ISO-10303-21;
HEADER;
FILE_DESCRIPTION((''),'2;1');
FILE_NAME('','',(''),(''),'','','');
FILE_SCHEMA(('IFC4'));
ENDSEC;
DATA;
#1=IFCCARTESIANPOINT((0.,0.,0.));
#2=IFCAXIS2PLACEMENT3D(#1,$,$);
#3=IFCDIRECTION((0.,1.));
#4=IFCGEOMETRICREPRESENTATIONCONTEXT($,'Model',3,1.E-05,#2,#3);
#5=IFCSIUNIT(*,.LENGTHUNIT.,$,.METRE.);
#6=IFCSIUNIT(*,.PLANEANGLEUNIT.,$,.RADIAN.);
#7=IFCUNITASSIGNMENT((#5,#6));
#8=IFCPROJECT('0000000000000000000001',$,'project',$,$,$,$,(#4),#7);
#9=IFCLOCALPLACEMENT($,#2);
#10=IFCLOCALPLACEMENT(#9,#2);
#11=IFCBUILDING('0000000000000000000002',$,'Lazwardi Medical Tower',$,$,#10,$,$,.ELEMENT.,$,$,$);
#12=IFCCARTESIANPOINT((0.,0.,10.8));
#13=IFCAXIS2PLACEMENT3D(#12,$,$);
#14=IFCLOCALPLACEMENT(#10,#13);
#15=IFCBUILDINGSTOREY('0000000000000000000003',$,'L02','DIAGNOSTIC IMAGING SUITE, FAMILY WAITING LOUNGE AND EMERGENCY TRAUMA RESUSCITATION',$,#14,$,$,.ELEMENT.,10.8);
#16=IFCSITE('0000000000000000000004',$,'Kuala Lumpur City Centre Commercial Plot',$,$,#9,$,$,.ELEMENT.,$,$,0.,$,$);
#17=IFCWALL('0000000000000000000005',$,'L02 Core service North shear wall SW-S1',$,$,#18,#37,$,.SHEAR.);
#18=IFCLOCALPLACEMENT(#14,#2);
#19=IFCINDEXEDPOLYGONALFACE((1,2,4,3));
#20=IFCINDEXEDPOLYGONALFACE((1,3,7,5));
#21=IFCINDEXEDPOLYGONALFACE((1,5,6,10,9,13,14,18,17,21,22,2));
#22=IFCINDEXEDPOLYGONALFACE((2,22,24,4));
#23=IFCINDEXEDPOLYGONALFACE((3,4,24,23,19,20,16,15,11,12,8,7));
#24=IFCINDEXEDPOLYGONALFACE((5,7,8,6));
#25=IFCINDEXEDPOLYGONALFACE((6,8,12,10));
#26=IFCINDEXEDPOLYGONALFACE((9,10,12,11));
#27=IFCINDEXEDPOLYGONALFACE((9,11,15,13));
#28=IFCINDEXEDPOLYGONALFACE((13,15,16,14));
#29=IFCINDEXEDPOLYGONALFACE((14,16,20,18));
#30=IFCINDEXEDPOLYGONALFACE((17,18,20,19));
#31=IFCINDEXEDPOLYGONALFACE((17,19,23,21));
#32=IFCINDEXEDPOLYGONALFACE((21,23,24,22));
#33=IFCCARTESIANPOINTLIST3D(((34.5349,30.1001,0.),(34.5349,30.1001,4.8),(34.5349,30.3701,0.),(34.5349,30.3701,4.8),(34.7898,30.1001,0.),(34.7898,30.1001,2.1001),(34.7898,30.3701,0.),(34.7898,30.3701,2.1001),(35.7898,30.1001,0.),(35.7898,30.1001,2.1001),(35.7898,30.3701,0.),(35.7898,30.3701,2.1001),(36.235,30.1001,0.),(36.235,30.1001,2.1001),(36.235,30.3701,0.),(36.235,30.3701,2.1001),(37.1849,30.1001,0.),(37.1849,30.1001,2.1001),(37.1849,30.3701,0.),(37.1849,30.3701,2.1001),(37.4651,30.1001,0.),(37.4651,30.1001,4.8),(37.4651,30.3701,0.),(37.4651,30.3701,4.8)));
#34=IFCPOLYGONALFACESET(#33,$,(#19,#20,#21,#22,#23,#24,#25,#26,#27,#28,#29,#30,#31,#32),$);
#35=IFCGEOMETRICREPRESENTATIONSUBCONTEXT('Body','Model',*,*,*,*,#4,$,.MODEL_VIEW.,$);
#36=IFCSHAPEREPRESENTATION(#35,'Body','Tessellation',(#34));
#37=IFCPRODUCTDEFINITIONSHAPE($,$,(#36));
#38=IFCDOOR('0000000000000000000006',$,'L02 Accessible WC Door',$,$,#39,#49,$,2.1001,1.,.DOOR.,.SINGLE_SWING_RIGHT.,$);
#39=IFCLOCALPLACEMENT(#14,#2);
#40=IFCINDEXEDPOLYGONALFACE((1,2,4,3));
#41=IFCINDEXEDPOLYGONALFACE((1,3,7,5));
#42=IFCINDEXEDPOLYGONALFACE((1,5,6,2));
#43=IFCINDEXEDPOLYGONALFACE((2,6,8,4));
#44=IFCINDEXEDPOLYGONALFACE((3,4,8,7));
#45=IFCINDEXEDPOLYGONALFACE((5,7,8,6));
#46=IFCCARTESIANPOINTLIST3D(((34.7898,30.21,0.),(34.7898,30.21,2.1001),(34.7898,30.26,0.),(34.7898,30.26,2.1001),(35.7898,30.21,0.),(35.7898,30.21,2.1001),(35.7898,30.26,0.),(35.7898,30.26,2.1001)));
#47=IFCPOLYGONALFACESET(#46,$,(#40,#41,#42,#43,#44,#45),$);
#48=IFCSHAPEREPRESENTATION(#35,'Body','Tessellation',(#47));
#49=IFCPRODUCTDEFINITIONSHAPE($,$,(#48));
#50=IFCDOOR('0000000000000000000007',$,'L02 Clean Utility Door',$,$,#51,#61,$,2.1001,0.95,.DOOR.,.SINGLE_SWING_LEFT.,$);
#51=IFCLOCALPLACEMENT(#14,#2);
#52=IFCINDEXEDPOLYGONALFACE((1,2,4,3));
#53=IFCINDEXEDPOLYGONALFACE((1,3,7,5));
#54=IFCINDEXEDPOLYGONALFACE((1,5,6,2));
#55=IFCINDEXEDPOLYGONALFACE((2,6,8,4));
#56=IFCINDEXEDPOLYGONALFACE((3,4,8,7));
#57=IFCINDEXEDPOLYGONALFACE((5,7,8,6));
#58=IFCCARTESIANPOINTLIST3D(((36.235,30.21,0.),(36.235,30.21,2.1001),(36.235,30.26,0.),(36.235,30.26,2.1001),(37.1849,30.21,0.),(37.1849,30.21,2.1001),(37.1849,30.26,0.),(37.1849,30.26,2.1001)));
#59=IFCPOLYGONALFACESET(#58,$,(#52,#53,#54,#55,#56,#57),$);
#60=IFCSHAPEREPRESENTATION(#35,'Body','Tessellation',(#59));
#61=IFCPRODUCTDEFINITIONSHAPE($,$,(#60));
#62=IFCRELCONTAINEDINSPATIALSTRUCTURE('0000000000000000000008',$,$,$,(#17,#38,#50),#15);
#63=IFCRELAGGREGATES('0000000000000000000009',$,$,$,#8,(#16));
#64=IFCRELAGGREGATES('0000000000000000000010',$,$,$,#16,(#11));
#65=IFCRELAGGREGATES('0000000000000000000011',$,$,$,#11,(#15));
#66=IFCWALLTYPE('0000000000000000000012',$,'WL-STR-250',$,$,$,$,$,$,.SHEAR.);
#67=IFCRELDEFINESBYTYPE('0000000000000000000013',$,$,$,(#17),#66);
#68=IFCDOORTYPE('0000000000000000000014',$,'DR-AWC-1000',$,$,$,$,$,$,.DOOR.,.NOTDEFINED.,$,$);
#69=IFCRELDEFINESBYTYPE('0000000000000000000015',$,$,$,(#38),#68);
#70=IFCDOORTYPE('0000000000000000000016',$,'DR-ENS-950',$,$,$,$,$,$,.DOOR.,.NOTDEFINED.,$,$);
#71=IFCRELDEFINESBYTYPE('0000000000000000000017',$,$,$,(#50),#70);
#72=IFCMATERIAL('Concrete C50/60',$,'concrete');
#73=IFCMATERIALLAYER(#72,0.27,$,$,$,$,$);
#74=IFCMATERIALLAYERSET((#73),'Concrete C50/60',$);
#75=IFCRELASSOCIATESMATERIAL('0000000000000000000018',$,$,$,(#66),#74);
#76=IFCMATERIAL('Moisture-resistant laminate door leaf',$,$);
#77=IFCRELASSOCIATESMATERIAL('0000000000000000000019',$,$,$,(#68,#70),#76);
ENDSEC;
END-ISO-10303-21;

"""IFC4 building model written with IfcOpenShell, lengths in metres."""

from ifc_helpers import new_model, si_unit, direction, frame, frame_2d, origin, place, context, subcontext, project, spatial, rectangle, extrude, material, layer, layer_set, type_object, element, fill, save


model = new_model("IFC4")

# Units and contexts
model_context = context("Model", 3, precision=1e-05, world=origin(), true_north=direction((0.0, 1.0)))
body_context = subcontext(model_context, "Body", "Model", "MODEL_VIEW")
ifc_project = project(units=[si_unit("LENGTHUNIT", "METRE"), si_unit("PLANEANGLEUNIT", "RADIAN")], contexts=[model_context])

# Site, building, storey
site_placement = place(None, origin())
site = spatial("IfcSite", under=ifc_project, at=site_placement, Name="Kuala Lumpur City Centre Commercial Plot", CompositionType="ELEMENT", RefElevation=0.0)
building_placement = place(site_placement, origin())
building = spatial("IfcBuilding", under=site, at=building_placement, Name="Lazwardi Medical Tower", CompositionType="ELEMENT")
storey_placement = place(building_placement, frame((0.0, 0.0, 10.8)))
storey = spatial("IfcBuildingStorey", under=building, at=storey_placement, Name="L02", Description="DIAGNOSTIC IMAGING SUITE, FAMILY WAITING LOUNGE AND EMERGENCY TRAUMA RESUSCITATION", CompositionType="ELEMENT", Elevation=10.8)

# Shared definitions
ifc_material_1 = material(Name="Concrete C50/60", Category="concrete")
ifc_layer_1 = layer(ifc_material_1, 0.27)
ifc_layer_set_1 = layer_set([ifc_layer_1], Name="Concrete C50/60")
wall_type_1 = type_object("IfcWallType", Name="WL-STR-250", PredefinedType="SHEAR", material=ifc_layer_set_1)

# Wall, openings, doors
wall_1_placement = place(storey_placement, frame((34.5349, 30.2351, 0.0), z_axis=(0.0, 0.0, 1.0), x_axis=(1.0, 0.0, 0.0)))
wall_1 = element("IfcWall", 1, at=wall_1_placement, inside=storey, type_object=wall_type_1, Name="L02 Core service North shear wall SW-S1", PredefinedType="SHEAR", context=body_context, shape_type="SweptSolid", body=[
    extrude(rectangle(XDim=2.9302, YDim=0.27, at=frame_2d((1.4651, 0.0))), origin(), (0.0, 0.0, 1.0), 4.8),
])
opening_1_placement = place(wall_1_placement, frame((0.2549, 0.0, 0.0)))
opening_1 = element("IfcOpeningElement", 2, at=opening_1_placement, cuts=wall_1, PredefinedType="OPENING", context=body_context, shape_type="SweptSolid", body=[
    extrude(rectangle(XDim=1.0, YDim=2.1001, at=frame_2d((0.5, 1.05))), frame((0.0, 0.145, 0.0), z_axis=(0.0, -1.0, 0.0), x_axis=(1.0, 0.0, 0.0)), (0.0, 0.0, 1.0), 0.29),
])
opening_2_placement = place(wall_1_placement, frame((1.7, 0.0, 0.0)))
opening_2 = element("IfcOpeningElement", 3, at=opening_2_placement, cuts=wall_1, PredefinedType="OPENING", context=body_context, shape_type="SweptSolid", body=[
    extrude(rectangle(XDim=0.95, YDim=2.1001, at=frame_2d((0.4751, 1.05))), frame((0.0, 0.145, 0.0), z_axis=(0.0, -1.0, 0.0), x_axis=(1.0, 0.0, 0.0)), (0.0, 0.0, 1.0), 0.29),
])
ifc_material_2 = material(Name="Moisture-resistant laminate door leaf")
door_type_1 = type_object("IfcDoorType", Name="DR-AWC-1000", OperationType="NOTDEFINED", PredefinedType="DOOR", material=ifc_material_2)
door_1_placement = place(opening_1_placement, origin())
door_1 = element("IfcDoor", 4, at=door_1_placement, inside=storey, type_object=door_type_1, Name="L02 Accessible WC Door", OperationType="SINGLE_SWING_RIGHT", OverallHeight=2.1001, OverallWidth=1.0, PredefinedType="DOOR", context=body_context, shape_type="SweptSolid", body=[
    extrude(rectangle(XDim=1.0, YDim=2.1001, at=frame_2d((0.5, 1.05))), frame((0.0, 0.0249, 0.0), z_axis=(0.0, -1.0, 0.0), x_axis=(1.0, 0.0, 0.0)), (0.0, 0.0, 1.0), 0.05),
])
fill(opening_1, door_1)
door_type_2 = type_object("IfcDoorType", Name="DR-ENS-950", OperationType="NOTDEFINED", PredefinedType="DOOR", material=ifc_material_2)
door_2_placement = place(opening_2_placement, origin())
door_2 = element("IfcDoor", 5, at=door_2_placement, inside=storey, type_object=door_type_2, Name="L02 Clean Utility Door", OperationType="SINGLE_SWING_LEFT", OverallHeight=2.1001, OverallWidth=0.95, PredefinedType="DOOR", context=body_context, shape_type="SweptSolid", body=[
    extrude(rectangle(XDim=0.95, YDim=2.1001, at=frame_2d((0.4751, 1.05))), frame((0.0, 0.0249, 0.0), z_axis=(0.0, -1.0, 0.0), x_axis=(1.0, 0.0, 0.0)), (0.0, 0.0, 1.0), 0.05),
])
fill(opening_2, door_2)

save(model, "model.ifc")
